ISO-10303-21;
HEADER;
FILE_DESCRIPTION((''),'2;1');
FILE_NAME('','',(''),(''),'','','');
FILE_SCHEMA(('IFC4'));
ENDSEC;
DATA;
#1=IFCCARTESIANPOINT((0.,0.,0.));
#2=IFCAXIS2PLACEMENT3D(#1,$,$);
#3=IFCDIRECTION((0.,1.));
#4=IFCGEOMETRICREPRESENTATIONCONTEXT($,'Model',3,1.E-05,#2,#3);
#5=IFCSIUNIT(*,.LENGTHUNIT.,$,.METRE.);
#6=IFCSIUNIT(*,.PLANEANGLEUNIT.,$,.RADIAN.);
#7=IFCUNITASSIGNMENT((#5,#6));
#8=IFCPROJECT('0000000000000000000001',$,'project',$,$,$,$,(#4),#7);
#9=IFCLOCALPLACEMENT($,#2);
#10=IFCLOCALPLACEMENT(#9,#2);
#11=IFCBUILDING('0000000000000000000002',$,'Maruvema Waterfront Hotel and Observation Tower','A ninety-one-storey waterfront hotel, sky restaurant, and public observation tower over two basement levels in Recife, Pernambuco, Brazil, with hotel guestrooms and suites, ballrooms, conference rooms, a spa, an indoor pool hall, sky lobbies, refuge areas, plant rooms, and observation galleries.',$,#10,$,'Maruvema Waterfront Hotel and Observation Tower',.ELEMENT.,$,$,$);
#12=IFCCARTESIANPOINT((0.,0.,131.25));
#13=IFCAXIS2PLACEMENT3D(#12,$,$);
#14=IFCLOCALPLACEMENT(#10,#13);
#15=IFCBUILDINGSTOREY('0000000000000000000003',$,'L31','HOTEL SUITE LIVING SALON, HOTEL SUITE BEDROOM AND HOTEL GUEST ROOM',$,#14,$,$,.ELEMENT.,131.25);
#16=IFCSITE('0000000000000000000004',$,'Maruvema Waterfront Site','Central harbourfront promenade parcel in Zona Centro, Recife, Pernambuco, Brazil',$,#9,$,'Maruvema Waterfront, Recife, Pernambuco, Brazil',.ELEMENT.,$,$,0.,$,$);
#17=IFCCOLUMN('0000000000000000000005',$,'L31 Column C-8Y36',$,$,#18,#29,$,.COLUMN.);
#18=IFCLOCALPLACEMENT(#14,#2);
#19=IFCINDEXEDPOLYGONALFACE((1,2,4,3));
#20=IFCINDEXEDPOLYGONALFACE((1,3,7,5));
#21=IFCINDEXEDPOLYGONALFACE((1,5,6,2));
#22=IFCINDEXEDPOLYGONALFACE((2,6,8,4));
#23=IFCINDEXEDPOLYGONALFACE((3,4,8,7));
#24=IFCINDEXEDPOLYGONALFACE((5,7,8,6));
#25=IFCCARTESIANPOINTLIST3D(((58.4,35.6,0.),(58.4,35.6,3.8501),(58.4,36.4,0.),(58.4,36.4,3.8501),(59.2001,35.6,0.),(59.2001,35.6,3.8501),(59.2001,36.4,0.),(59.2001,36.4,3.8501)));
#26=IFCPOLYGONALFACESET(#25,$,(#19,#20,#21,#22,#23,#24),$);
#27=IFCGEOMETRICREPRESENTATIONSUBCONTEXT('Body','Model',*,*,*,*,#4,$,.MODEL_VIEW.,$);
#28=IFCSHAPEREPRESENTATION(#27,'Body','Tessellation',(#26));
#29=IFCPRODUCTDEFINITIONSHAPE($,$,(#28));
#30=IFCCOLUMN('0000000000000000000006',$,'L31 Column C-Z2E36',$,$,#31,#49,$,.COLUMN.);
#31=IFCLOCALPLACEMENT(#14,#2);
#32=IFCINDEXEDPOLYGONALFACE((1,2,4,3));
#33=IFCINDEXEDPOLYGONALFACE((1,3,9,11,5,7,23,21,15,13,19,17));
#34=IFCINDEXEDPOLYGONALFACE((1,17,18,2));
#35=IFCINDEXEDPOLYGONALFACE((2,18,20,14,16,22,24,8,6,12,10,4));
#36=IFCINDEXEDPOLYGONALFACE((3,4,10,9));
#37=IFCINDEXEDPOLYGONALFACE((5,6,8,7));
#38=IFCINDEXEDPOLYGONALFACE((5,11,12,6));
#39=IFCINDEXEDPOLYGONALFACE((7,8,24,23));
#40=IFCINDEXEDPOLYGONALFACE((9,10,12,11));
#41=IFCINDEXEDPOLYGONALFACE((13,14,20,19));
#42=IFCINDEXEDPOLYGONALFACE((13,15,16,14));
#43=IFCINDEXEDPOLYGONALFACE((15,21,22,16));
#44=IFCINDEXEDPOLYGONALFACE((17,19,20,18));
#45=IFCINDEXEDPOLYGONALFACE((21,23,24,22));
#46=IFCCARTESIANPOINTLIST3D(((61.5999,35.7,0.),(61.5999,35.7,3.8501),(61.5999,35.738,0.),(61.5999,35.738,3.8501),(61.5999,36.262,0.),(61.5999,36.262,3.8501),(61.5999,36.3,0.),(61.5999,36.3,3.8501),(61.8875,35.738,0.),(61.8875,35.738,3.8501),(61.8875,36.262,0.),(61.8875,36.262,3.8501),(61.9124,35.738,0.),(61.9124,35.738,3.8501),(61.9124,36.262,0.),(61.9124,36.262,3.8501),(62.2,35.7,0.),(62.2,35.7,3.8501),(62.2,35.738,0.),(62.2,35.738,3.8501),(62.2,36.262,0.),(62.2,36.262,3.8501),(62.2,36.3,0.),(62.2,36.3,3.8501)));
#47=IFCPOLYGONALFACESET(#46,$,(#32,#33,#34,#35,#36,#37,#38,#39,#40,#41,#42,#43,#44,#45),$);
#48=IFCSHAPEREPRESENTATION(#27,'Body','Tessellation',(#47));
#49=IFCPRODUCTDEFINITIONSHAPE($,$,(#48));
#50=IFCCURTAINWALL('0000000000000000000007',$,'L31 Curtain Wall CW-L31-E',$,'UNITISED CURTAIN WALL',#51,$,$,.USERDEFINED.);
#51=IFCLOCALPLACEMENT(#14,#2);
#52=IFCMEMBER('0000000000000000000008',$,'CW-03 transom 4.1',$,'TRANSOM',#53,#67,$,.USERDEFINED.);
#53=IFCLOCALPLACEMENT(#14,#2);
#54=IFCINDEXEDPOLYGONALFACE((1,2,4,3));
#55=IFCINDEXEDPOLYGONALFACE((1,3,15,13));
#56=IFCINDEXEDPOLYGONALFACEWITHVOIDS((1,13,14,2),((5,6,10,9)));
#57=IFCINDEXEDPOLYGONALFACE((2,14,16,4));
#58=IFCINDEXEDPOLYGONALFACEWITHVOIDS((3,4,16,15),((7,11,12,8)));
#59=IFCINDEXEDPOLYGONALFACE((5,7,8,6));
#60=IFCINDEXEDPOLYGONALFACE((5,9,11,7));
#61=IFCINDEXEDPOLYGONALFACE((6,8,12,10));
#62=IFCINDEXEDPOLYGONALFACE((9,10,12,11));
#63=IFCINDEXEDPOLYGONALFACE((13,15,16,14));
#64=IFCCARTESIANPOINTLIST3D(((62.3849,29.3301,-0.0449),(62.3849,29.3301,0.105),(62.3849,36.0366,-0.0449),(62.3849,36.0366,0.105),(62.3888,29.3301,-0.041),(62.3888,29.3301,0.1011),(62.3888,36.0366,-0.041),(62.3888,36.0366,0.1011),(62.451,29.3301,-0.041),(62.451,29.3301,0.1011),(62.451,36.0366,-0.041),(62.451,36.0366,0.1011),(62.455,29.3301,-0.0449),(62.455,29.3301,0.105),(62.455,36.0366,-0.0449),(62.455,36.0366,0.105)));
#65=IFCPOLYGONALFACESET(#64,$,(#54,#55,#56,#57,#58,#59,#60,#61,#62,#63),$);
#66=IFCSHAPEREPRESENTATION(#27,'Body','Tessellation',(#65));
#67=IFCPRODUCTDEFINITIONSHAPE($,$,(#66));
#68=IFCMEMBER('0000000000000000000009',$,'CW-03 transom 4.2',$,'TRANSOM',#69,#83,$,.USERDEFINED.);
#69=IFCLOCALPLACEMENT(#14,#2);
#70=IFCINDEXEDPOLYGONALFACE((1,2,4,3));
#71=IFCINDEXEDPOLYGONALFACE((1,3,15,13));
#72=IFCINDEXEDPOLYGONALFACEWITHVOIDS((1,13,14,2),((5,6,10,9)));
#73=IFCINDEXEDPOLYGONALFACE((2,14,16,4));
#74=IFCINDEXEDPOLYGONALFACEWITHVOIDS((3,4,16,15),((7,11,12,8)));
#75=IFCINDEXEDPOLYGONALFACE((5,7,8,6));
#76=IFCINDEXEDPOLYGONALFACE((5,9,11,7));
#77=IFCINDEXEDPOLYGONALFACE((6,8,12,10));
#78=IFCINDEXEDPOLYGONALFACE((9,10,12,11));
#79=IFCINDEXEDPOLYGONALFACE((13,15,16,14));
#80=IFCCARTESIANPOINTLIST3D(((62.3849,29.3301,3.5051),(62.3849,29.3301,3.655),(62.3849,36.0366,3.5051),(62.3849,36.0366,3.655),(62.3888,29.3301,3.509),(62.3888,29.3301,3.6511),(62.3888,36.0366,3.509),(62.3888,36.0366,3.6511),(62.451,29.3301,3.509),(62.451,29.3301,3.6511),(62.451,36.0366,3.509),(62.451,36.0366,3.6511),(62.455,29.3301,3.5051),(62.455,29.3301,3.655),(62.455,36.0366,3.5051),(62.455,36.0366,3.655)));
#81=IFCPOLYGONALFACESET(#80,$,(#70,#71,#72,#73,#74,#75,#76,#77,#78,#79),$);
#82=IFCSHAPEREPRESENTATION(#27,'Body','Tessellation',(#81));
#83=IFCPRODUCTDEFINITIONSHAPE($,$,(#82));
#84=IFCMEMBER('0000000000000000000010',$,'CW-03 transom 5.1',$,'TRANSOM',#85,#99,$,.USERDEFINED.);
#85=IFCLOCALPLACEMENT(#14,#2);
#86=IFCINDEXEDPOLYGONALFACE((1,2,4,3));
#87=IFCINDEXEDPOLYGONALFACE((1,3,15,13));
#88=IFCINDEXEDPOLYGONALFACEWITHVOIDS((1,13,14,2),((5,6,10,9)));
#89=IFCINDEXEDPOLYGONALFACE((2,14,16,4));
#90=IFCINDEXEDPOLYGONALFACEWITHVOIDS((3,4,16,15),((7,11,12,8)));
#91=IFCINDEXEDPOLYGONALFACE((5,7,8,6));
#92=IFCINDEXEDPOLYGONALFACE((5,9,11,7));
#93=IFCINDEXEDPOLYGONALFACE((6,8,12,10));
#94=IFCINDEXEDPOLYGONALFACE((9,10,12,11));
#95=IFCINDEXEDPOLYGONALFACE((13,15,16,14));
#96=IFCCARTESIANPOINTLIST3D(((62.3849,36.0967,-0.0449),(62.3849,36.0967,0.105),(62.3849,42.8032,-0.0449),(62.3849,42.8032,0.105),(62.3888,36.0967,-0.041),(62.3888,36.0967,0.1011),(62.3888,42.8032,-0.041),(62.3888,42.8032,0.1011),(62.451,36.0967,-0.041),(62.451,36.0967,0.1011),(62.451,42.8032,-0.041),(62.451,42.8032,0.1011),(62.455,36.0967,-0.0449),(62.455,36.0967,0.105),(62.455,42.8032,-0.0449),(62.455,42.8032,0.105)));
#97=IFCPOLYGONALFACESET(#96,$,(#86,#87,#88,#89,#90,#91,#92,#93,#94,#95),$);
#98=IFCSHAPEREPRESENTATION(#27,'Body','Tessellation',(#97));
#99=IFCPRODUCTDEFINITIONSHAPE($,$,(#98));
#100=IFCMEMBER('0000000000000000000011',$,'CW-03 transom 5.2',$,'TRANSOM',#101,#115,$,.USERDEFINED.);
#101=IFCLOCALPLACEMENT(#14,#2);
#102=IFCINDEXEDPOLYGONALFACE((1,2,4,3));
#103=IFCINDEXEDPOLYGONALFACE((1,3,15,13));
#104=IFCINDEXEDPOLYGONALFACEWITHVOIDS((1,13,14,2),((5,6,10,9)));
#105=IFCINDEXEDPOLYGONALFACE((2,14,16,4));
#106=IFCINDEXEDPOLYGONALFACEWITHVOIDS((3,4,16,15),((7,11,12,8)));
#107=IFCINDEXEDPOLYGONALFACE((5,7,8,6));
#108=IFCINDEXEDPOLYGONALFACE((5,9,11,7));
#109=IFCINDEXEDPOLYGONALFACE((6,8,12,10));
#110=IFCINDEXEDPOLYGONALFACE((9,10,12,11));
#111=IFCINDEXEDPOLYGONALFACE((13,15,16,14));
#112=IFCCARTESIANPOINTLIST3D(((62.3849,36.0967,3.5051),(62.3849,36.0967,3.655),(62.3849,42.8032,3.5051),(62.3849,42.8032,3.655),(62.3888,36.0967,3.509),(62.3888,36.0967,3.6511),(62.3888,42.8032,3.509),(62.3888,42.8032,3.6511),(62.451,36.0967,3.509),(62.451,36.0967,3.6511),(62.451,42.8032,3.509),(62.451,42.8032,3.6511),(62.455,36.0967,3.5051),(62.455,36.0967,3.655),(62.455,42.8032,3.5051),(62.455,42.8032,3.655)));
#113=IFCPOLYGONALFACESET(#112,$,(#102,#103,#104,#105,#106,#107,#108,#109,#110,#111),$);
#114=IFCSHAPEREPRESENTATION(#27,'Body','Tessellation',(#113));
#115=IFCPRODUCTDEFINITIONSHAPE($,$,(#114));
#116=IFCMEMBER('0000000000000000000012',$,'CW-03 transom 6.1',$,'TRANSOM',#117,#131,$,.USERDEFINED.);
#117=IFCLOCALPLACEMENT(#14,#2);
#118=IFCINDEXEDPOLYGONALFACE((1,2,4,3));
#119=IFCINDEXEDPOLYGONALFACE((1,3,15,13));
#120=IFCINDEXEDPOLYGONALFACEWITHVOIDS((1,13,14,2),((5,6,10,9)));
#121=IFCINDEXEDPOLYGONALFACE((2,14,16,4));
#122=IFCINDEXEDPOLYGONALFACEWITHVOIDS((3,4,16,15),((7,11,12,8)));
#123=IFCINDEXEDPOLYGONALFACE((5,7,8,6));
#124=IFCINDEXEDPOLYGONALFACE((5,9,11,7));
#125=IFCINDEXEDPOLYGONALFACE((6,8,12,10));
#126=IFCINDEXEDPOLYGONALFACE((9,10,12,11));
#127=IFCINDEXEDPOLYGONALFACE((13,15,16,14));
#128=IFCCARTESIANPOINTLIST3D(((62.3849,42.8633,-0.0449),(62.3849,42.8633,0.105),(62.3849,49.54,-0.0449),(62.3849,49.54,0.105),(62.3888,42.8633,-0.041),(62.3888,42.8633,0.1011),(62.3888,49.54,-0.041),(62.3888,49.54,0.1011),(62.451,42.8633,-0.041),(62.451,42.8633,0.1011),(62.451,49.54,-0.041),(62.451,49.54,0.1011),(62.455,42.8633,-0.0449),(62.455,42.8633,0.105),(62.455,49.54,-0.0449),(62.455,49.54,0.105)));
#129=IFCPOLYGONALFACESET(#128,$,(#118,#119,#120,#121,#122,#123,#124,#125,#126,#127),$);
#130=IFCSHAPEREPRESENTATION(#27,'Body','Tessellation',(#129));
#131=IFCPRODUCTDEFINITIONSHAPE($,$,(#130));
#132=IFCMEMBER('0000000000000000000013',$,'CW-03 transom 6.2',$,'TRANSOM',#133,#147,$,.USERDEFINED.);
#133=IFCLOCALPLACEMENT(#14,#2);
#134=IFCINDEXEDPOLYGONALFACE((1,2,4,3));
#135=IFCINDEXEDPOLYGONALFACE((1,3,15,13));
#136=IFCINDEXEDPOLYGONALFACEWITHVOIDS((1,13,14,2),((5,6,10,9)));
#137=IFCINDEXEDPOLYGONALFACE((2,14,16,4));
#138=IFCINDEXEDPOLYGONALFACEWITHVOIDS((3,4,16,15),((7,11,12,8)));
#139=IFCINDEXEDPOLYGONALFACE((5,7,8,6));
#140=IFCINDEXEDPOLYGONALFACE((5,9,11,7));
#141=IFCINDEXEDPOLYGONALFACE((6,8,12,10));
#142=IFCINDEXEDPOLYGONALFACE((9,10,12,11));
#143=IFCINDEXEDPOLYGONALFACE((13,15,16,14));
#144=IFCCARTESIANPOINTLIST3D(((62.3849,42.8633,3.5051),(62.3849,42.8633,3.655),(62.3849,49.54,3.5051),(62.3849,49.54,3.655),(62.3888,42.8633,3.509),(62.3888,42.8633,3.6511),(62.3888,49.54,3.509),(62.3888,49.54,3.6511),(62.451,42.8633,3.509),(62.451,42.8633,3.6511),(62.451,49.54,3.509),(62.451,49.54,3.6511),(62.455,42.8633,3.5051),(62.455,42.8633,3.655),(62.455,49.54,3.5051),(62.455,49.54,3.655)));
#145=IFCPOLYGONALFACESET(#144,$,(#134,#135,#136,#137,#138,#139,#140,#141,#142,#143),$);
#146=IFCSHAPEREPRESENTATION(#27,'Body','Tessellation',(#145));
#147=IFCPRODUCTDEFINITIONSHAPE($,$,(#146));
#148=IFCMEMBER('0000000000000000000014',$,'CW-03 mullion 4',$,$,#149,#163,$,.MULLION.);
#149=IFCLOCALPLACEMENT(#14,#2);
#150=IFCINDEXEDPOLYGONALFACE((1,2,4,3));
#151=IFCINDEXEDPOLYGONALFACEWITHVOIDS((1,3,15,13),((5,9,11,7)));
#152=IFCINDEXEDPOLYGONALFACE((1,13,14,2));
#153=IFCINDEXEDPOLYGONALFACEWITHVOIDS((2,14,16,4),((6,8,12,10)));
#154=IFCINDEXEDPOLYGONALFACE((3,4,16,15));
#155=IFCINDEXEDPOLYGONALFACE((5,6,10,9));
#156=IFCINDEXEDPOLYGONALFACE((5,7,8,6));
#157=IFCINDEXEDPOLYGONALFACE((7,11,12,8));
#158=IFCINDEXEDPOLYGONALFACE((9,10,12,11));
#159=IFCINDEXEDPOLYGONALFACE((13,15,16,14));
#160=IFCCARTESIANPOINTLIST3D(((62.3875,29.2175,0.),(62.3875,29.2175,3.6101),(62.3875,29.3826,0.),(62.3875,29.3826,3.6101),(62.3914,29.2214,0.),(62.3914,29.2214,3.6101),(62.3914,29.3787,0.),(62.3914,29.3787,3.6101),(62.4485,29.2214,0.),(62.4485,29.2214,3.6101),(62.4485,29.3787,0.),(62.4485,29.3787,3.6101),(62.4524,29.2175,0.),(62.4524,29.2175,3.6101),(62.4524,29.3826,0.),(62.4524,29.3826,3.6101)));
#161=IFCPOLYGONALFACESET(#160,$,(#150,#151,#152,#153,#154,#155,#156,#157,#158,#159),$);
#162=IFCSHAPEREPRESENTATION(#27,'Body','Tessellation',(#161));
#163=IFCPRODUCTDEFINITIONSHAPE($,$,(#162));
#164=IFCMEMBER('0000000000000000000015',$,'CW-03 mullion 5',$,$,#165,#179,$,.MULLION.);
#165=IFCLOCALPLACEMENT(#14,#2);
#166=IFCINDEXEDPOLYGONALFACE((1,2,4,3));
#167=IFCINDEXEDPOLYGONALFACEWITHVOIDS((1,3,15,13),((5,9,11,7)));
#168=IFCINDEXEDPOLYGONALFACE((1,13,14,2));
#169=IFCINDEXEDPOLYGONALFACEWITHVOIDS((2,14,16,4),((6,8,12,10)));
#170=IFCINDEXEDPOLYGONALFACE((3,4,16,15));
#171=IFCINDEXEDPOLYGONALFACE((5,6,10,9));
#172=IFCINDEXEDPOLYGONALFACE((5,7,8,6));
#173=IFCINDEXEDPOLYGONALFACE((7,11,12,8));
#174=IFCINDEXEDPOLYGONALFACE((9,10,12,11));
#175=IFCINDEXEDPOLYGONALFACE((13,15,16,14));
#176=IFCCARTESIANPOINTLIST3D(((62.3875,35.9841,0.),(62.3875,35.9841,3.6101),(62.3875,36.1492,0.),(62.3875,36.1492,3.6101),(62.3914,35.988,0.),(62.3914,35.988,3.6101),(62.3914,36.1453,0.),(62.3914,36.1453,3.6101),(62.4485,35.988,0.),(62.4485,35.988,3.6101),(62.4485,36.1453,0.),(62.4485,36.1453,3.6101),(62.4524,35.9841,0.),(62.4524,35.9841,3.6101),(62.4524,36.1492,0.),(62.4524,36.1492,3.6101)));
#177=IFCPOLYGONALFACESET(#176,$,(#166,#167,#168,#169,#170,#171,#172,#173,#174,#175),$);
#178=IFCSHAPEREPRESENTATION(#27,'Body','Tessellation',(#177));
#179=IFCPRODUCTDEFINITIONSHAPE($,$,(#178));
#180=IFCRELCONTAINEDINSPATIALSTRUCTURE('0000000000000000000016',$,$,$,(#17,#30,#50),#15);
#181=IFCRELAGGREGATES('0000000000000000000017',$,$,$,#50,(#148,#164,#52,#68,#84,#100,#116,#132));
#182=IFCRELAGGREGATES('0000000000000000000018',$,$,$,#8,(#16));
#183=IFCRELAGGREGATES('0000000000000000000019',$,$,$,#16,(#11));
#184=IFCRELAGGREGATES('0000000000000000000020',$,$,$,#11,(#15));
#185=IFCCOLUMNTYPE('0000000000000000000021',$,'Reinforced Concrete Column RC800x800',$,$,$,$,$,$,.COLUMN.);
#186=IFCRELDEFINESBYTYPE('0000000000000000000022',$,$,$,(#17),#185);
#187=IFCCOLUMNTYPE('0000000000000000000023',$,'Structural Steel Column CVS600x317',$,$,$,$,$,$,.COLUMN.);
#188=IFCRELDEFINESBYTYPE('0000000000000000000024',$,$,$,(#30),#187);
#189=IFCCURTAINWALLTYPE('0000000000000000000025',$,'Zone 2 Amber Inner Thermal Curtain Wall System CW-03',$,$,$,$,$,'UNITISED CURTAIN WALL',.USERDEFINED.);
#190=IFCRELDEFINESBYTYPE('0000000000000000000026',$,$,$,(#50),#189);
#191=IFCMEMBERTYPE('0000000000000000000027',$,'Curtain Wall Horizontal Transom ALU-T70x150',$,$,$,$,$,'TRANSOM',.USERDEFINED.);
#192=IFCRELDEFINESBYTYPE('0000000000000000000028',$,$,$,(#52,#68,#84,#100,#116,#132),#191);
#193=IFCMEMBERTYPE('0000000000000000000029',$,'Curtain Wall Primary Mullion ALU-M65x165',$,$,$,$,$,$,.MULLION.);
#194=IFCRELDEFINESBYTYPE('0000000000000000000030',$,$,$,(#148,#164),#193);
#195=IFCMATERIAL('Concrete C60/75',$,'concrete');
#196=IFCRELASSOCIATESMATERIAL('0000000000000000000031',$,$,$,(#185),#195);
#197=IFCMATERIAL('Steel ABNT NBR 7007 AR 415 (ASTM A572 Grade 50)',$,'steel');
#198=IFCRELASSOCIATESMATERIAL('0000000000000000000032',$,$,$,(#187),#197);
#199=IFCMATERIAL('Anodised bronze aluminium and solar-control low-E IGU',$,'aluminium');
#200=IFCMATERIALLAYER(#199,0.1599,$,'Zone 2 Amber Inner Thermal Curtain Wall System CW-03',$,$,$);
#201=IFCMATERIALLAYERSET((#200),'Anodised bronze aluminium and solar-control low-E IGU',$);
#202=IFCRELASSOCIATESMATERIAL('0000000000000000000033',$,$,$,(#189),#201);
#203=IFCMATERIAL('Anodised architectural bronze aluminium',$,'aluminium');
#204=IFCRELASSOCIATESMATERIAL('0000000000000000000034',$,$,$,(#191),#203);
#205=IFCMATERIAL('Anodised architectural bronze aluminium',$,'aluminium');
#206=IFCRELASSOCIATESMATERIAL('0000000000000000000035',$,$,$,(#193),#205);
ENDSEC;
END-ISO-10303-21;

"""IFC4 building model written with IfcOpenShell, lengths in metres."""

from ifc_helpers import new_model, si_unit, direction, frame, origin, origin_2d, place, context, subcontext, project, spatial, rectangle, hollow_rectangle, i_section, extrude, material, layer, layer_set, material_profile, profile_set, type_object, element, aggregate, save


model = new_model("IFC4")

# Units and contexts
model_context = context("Model", 3, precision=1e-05, world=origin(), true_north=direction((0.0, 1.0)))
body_context = subcontext(model_context, "Body", "Model", "MODEL_VIEW")
ifc_project = project(units=[si_unit("LENGTHUNIT", "METRE"), si_unit("PLANEANGLEUNIT", "RADIAN")], contexts=[model_context])

# Site, building, storey
site_placement = place(None, origin())
site = spatial("IfcSite", under=ifc_project, at=site_placement, Name="Maruvema Waterfront Site", Description="Central harbourfront promenade parcel in Zona Centro, Recife, Pernambuco, Brazil", LongName="Maruvema Waterfront, Recife, Pernambuco, Brazil", CompositionType="ELEMENT", RefElevation=0.0)
building_placement = place(site_placement, origin())
building = spatial("IfcBuilding", under=site, at=building_placement, Name="Maruvema Waterfront Hotel and Observation Tower", Description="A ninety-one-storey waterfront hotel, sky restaurant, and public observation tower over two basement levels in Recife, Pernambuco, Brazil, with hotel guestrooms and suites, ballrooms, conference rooms, a spa, an indoor pool hall, sky lobbies, refuge areas, plant rooms, and observation galleries.", LongName="Maruvema Waterfront Hotel and Observation Tower", CompositionType="ELEMENT")
storey_placement = place(building_placement, frame((0.0, 0.0, 131.25)))
storey = spatial("IfcBuildingStorey", under=building, at=storey_placement, Name="L31", Description="HOTEL SUITE LIVING SALON, HOTEL SUITE BEDROOM AND HOTEL GUEST ROOM", CompositionType="ELEMENT", Elevation=131.25)

# Columns
ifc_material_1 = material(Name="Concrete C60/75", Category="concrete")
ifc_material_profile_1 = material_profile(ifc_material_1, rectangle(XDim=0.8, YDim=0.8, at=origin_2d()), Name="RC800x800")
ifc_profile_set_1 = profile_set([ifc_material_profile_1], Name="Concrete C60/75")
column_type_1 = type_object("IfcColumnType", Name="Reinforced Concrete Column RC800x800", PredefinedType="COLUMN", material=ifc_profile_set_1)
column_1_placement = place(storey_placement, frame((58.8, 36.0, 0.0), z_axis=(0.0, 0.0, 1.0), x_axis=(1.0, 0.0, 0.0)))
element("IfcColumn", 1, at=column_1_placement, inside=storey, type_object=column_type_1, Name="L31 Column C-8Y36", PredefinedType="COLUMN", context=body_context, shape_type="SweptSolid", body=[
    extrude(rectangle(XDim=0.8, YDim=0.8, at=origin_2d()), origin(), (0.0, 0.0, 1.0), 3.8501),
])
ifc_material_2 = material(Name="Steel ABNT NBR 7007 AR 415 (ASTM A572 Grade 50)", Category="steel")
ifc_material_profile_2 = material_profile(ifc_material_2, i_section(OverallWidth=0.6001, OverallDepth=0.6001, WebThickness=0.0249, FlangeThickness=0.0381, at=origin_2d()), Name="CVS600x317")
ifc_profile_set_2 = profile_set([ifc_material_profile_2], Name="Steel ABNT NBR 7007 AR 415 (ASTM A572 Grade 50)")
column_type_2 = type_object("IfcColumnType", Name="Structural Steel Column CVS600x317", PredefinedType="COLUMN", material=ifc_profile_set_2)
column_2_placement = place(storey_placement, frame((61.8999, 36.0, 0.0), z_axis=(0.0, 0.0, 1.0), x_axis=(1.0, 0.0, 0.0)))
element("IfcColumn", 2, at=column_2_placement, inside=storey, type_object=column_type_2, Name="L31 Column C-Z2E36", PredefinedType="COLUMN", context=body_context, shape_type="SweptSolid", body=[
    extrude(i_section(OverallWidth=0.6001, OverallDepth=0.6001, WebThickness=0.0249, FlangeThickness=0.0381, at=origin_2d()), origin(), (0.0, 0.0, 1.0), 3.8501),
])

# Curtain wall, members
ifc_material_3 = material(Name="Anodised bronze aluminium and solar-control low-E IGU", Category="aluminium")
ifc_layer_1 = layer(ifc_material_3, 0.1599, Name="Zone 2 Amber Inner Thermal Curtain Wall System CW-03")
ifc_layer_set_1 = layer_set([ifc_layer_1], Name="Anodised bronze aluminium and solar-control low-E IGU")
curtain_wall_type = type_object("IfcCurtainWallType", Name="Zone 2 Amber Inner Thermal Curtain Wall System CW-03", ElementType="UNITISED CURTAIN WALL", PredefinedType="USERDEFINED", material=ifc_layer_set_1)
curtain_wall_placement = place(storey_placement, origin())
curtain_wall = element("IfcCurtainWall", 3, at=curtain_wall_placement, inside=storey, type_object=curtain_wall_type, Name="L31 Curtain Wall CW-L31-E", ObjectType="UNITISED CURTAIN WALL", PredefinedType="USERDEFINED")
ifc_material_4 = material(Name="Anodised architectural bronze aluminium", Category="aluminium")
ifc_material_profile_3 = material_profile(ifc_material_4, hollow_rectangle(XDim=0.0701, YDim=0.1499, WallThickness=0.0039, at=origin_2d()), Name="ALU-T70x150")
ifc_profile_set_3 = profile_set([ifc_material_profile_3], Name="Anodised architectural bronze aluminium")
member_type_1 = type_object("IfcMemberType", Name="Curtain Wall Horizontal Transom ALU-T70x150", ElementType="TRANSOM", PredefinedType="USERDEFINED", material=ifc_profile_set_3)
member_1_placement = place(storey_placement, frame((62.4199, 29.3301, 0.03), z_axis=(0.0, 1.0, 0.0), x_axis=(-1.0, 0.0, 0.0)))
member_1 = element("IfcMember", 4, at=member_1_placement, type_object=member_type_1, Name="CW-03 transom 4.1", ObjectType="TRANSOM", PredefinedType="USERDEFINED", context=body_context, shape_type="SweptSolid", body=[
    extrude(hollow_rectangle(XDim=0.0701, YDim=0.1499, WallThickness=0.0039, at=origin_2d()), origin(), (0.0, 0.0, 1.0), 6.7065),
])
member_2_placement = place(storey_placement, frame((62.4199, 29.3301, 3.5801), z_axis=(0.0, 1.0, 0.0), x_axis=(-1.0, 0.0, 0.0)))
member_2 = element("IfcMember", 5, at=member_2_placement, type_object=member_type_1, Name="CW-03 transom 4.2", ObjectType="TRANSOM", PredefinedType="USERDEFINED", context=body_context, shape_type="SweptSolid", body=[
    extrude(hollow_rectangle(XDim=0.0701, YDim=0.1499, WallThickness=0.0039, at=origin_2d()), origin(), (0.0, 0.0, 1.0), 6.7065),
])
member_3_placement = place(storey_placement, frame((62.4199, 36.0967, 0.03), z_axis=(0.0, 1.0, 0.0), x_axis=(-1.0, 0.0, 0.0)))
member_3 = element("IfcMember", 6, at=member_3_placement, type_object=member_type_1, Name="CW-03 transom 5.1", ObjectType="TRANSOM", PredefinedType="USERDEFINED", context=body_context, shape_type="SweptSolid", body=[
    extrude(hollow_rectangle(XDim=0.0701, YDim=0.1499, WallThickness=0.0039, at=origin_2d()), origin(), (0.0, 0.0, 1.0), 6.7065),
])
member_4_placement = place(storey_placement, frame((62.4199, 36.0967, 3.5801), z_axis=(0.0, 1.0, 0.0), x_axis=(-1.0, 0.0, 0.0)))
member_4 = element("IfcMember", 7, at=member_4_placement, type_object=member_type_1, Name="CW-03 transom 5.2", ObjectType="TRANSOM", PredefinedType="USERDEFINED", context=body_context, shape_type="SweptSolid", body=[
    extrude(hollow_rectangle(XDim=0.0701, YDim=0.1499, WallThickness=0.0039, at=origin_2d()), origin(), (0.0, 0.0, 1.0), 6.7065),
])
member_5_placement = place(storey_placement, frame((62.4199, 42.8633, 0.03), z_axis=(0.0, 1.0, 0.0), x_axis=(-1.0, 0.0, 0.0)))
member_5 = element("IfcMember", 8, at=member_5_placement, type_object=member_type_1, Name="CW-03 transom 6.1", ObjectType="TRANSOM", PredefinedType="USERDEFINED", context=body_context, shape_type="SweptSolid", body=[
    extrude(hollow_rectangle(XDim=0.0701, YDim=0.1499, WallThickness=0.0039, at=origin_2d()), origin(), (0.0, 0.0, 1.0), 6.6768),
])
member_6_placement = place(storey_placement, frame((62.4199, 42.8633, 3.5801), z_axis=(0.0, 1.0, 0.0), x_axis=(-1.0, 0.0, 0.0)))
member_6 = element("IfcMember", 9, at=member_6_placement, type_object=member_type_1, Name="CW-03 transom 6.2", ObjectType="TRANSOM", PredefinedType="USERDEFINED", context=body_context, shape_type="SweptSolid", body=[
    extrude(hollow_rectangle(XDim=0.0701, YDim=0.1499, WallThickness=0.0039, at=origin_2d()), origin(), (0.0, 0.0, 1.0), 6.6768),
])
ifc_material_5 = material(Name="Anodised architectural bronze aluminium", Category="aluminium")
ifc_material_profile_4 = material_profile(ifc_material_5, hollow_rectangle(XDim=0.0649, YDim=0.165, WallThickness=0.0039, at=origin_2d()), Name="ALU-M65x165")
ifc_profile_set_4 = profile_set([ifc_material_profile_4], Name="Anodised architectural bronze aluminium")
member_type_2 = type_object("IfcMemberType", Name="Curtain Wall Primary Mullion ALU-M65x165", PredefinedType="MULLION", material=ifc_profile_set_4)
member_7_placement = place(storey_placement, frame((62.4199, 29.3, 0.0), z_axis=(0.0, 0.0, 1.0), x_axis=(-1.0, 0.0, 0.0)))
member_7 = element("IfcMember", 10, at=member_7_placement, type_object=member_type_2, Name="CW-03 mullion 4", PredefinedType="MULLION", context=body_context, shape_type="SweptSolid", body=[
    extrude(hollow_rectangle(XDim=0.0649, YDim=0.165, WallThickness=0.0039, at=origin_2d()), origin(), (0.0, 0.0, 1.0), 3.6101),
])
member_8_placement = place(storey_placement, frame((62.4199, 36.0667, 0.0), z_axis=(0.0, 0.0, 1.0), x_axis=(-1.0, 0.0, 0.0)))
member_8 = element("IfcMember", 11, at=member_8_placement, type_object=member_type_2, Name="CW-03 mullion 5", PredefinedType="MULLION", context=body_context, shape_type="SweptSolid", body=[
    extrude(hollow_rectangle(XDim=0.0649, YDim=0.165, WallThickness=0.0039, at=origin_2d()), origin(), (0.0, 0.0, 1.0), 3.6101),
])

aggregate(curtain_wall, [member_7, member_8, member_1, member_2, member_3, member_4, member_5, member_6])

save(model, "model.ifc")
